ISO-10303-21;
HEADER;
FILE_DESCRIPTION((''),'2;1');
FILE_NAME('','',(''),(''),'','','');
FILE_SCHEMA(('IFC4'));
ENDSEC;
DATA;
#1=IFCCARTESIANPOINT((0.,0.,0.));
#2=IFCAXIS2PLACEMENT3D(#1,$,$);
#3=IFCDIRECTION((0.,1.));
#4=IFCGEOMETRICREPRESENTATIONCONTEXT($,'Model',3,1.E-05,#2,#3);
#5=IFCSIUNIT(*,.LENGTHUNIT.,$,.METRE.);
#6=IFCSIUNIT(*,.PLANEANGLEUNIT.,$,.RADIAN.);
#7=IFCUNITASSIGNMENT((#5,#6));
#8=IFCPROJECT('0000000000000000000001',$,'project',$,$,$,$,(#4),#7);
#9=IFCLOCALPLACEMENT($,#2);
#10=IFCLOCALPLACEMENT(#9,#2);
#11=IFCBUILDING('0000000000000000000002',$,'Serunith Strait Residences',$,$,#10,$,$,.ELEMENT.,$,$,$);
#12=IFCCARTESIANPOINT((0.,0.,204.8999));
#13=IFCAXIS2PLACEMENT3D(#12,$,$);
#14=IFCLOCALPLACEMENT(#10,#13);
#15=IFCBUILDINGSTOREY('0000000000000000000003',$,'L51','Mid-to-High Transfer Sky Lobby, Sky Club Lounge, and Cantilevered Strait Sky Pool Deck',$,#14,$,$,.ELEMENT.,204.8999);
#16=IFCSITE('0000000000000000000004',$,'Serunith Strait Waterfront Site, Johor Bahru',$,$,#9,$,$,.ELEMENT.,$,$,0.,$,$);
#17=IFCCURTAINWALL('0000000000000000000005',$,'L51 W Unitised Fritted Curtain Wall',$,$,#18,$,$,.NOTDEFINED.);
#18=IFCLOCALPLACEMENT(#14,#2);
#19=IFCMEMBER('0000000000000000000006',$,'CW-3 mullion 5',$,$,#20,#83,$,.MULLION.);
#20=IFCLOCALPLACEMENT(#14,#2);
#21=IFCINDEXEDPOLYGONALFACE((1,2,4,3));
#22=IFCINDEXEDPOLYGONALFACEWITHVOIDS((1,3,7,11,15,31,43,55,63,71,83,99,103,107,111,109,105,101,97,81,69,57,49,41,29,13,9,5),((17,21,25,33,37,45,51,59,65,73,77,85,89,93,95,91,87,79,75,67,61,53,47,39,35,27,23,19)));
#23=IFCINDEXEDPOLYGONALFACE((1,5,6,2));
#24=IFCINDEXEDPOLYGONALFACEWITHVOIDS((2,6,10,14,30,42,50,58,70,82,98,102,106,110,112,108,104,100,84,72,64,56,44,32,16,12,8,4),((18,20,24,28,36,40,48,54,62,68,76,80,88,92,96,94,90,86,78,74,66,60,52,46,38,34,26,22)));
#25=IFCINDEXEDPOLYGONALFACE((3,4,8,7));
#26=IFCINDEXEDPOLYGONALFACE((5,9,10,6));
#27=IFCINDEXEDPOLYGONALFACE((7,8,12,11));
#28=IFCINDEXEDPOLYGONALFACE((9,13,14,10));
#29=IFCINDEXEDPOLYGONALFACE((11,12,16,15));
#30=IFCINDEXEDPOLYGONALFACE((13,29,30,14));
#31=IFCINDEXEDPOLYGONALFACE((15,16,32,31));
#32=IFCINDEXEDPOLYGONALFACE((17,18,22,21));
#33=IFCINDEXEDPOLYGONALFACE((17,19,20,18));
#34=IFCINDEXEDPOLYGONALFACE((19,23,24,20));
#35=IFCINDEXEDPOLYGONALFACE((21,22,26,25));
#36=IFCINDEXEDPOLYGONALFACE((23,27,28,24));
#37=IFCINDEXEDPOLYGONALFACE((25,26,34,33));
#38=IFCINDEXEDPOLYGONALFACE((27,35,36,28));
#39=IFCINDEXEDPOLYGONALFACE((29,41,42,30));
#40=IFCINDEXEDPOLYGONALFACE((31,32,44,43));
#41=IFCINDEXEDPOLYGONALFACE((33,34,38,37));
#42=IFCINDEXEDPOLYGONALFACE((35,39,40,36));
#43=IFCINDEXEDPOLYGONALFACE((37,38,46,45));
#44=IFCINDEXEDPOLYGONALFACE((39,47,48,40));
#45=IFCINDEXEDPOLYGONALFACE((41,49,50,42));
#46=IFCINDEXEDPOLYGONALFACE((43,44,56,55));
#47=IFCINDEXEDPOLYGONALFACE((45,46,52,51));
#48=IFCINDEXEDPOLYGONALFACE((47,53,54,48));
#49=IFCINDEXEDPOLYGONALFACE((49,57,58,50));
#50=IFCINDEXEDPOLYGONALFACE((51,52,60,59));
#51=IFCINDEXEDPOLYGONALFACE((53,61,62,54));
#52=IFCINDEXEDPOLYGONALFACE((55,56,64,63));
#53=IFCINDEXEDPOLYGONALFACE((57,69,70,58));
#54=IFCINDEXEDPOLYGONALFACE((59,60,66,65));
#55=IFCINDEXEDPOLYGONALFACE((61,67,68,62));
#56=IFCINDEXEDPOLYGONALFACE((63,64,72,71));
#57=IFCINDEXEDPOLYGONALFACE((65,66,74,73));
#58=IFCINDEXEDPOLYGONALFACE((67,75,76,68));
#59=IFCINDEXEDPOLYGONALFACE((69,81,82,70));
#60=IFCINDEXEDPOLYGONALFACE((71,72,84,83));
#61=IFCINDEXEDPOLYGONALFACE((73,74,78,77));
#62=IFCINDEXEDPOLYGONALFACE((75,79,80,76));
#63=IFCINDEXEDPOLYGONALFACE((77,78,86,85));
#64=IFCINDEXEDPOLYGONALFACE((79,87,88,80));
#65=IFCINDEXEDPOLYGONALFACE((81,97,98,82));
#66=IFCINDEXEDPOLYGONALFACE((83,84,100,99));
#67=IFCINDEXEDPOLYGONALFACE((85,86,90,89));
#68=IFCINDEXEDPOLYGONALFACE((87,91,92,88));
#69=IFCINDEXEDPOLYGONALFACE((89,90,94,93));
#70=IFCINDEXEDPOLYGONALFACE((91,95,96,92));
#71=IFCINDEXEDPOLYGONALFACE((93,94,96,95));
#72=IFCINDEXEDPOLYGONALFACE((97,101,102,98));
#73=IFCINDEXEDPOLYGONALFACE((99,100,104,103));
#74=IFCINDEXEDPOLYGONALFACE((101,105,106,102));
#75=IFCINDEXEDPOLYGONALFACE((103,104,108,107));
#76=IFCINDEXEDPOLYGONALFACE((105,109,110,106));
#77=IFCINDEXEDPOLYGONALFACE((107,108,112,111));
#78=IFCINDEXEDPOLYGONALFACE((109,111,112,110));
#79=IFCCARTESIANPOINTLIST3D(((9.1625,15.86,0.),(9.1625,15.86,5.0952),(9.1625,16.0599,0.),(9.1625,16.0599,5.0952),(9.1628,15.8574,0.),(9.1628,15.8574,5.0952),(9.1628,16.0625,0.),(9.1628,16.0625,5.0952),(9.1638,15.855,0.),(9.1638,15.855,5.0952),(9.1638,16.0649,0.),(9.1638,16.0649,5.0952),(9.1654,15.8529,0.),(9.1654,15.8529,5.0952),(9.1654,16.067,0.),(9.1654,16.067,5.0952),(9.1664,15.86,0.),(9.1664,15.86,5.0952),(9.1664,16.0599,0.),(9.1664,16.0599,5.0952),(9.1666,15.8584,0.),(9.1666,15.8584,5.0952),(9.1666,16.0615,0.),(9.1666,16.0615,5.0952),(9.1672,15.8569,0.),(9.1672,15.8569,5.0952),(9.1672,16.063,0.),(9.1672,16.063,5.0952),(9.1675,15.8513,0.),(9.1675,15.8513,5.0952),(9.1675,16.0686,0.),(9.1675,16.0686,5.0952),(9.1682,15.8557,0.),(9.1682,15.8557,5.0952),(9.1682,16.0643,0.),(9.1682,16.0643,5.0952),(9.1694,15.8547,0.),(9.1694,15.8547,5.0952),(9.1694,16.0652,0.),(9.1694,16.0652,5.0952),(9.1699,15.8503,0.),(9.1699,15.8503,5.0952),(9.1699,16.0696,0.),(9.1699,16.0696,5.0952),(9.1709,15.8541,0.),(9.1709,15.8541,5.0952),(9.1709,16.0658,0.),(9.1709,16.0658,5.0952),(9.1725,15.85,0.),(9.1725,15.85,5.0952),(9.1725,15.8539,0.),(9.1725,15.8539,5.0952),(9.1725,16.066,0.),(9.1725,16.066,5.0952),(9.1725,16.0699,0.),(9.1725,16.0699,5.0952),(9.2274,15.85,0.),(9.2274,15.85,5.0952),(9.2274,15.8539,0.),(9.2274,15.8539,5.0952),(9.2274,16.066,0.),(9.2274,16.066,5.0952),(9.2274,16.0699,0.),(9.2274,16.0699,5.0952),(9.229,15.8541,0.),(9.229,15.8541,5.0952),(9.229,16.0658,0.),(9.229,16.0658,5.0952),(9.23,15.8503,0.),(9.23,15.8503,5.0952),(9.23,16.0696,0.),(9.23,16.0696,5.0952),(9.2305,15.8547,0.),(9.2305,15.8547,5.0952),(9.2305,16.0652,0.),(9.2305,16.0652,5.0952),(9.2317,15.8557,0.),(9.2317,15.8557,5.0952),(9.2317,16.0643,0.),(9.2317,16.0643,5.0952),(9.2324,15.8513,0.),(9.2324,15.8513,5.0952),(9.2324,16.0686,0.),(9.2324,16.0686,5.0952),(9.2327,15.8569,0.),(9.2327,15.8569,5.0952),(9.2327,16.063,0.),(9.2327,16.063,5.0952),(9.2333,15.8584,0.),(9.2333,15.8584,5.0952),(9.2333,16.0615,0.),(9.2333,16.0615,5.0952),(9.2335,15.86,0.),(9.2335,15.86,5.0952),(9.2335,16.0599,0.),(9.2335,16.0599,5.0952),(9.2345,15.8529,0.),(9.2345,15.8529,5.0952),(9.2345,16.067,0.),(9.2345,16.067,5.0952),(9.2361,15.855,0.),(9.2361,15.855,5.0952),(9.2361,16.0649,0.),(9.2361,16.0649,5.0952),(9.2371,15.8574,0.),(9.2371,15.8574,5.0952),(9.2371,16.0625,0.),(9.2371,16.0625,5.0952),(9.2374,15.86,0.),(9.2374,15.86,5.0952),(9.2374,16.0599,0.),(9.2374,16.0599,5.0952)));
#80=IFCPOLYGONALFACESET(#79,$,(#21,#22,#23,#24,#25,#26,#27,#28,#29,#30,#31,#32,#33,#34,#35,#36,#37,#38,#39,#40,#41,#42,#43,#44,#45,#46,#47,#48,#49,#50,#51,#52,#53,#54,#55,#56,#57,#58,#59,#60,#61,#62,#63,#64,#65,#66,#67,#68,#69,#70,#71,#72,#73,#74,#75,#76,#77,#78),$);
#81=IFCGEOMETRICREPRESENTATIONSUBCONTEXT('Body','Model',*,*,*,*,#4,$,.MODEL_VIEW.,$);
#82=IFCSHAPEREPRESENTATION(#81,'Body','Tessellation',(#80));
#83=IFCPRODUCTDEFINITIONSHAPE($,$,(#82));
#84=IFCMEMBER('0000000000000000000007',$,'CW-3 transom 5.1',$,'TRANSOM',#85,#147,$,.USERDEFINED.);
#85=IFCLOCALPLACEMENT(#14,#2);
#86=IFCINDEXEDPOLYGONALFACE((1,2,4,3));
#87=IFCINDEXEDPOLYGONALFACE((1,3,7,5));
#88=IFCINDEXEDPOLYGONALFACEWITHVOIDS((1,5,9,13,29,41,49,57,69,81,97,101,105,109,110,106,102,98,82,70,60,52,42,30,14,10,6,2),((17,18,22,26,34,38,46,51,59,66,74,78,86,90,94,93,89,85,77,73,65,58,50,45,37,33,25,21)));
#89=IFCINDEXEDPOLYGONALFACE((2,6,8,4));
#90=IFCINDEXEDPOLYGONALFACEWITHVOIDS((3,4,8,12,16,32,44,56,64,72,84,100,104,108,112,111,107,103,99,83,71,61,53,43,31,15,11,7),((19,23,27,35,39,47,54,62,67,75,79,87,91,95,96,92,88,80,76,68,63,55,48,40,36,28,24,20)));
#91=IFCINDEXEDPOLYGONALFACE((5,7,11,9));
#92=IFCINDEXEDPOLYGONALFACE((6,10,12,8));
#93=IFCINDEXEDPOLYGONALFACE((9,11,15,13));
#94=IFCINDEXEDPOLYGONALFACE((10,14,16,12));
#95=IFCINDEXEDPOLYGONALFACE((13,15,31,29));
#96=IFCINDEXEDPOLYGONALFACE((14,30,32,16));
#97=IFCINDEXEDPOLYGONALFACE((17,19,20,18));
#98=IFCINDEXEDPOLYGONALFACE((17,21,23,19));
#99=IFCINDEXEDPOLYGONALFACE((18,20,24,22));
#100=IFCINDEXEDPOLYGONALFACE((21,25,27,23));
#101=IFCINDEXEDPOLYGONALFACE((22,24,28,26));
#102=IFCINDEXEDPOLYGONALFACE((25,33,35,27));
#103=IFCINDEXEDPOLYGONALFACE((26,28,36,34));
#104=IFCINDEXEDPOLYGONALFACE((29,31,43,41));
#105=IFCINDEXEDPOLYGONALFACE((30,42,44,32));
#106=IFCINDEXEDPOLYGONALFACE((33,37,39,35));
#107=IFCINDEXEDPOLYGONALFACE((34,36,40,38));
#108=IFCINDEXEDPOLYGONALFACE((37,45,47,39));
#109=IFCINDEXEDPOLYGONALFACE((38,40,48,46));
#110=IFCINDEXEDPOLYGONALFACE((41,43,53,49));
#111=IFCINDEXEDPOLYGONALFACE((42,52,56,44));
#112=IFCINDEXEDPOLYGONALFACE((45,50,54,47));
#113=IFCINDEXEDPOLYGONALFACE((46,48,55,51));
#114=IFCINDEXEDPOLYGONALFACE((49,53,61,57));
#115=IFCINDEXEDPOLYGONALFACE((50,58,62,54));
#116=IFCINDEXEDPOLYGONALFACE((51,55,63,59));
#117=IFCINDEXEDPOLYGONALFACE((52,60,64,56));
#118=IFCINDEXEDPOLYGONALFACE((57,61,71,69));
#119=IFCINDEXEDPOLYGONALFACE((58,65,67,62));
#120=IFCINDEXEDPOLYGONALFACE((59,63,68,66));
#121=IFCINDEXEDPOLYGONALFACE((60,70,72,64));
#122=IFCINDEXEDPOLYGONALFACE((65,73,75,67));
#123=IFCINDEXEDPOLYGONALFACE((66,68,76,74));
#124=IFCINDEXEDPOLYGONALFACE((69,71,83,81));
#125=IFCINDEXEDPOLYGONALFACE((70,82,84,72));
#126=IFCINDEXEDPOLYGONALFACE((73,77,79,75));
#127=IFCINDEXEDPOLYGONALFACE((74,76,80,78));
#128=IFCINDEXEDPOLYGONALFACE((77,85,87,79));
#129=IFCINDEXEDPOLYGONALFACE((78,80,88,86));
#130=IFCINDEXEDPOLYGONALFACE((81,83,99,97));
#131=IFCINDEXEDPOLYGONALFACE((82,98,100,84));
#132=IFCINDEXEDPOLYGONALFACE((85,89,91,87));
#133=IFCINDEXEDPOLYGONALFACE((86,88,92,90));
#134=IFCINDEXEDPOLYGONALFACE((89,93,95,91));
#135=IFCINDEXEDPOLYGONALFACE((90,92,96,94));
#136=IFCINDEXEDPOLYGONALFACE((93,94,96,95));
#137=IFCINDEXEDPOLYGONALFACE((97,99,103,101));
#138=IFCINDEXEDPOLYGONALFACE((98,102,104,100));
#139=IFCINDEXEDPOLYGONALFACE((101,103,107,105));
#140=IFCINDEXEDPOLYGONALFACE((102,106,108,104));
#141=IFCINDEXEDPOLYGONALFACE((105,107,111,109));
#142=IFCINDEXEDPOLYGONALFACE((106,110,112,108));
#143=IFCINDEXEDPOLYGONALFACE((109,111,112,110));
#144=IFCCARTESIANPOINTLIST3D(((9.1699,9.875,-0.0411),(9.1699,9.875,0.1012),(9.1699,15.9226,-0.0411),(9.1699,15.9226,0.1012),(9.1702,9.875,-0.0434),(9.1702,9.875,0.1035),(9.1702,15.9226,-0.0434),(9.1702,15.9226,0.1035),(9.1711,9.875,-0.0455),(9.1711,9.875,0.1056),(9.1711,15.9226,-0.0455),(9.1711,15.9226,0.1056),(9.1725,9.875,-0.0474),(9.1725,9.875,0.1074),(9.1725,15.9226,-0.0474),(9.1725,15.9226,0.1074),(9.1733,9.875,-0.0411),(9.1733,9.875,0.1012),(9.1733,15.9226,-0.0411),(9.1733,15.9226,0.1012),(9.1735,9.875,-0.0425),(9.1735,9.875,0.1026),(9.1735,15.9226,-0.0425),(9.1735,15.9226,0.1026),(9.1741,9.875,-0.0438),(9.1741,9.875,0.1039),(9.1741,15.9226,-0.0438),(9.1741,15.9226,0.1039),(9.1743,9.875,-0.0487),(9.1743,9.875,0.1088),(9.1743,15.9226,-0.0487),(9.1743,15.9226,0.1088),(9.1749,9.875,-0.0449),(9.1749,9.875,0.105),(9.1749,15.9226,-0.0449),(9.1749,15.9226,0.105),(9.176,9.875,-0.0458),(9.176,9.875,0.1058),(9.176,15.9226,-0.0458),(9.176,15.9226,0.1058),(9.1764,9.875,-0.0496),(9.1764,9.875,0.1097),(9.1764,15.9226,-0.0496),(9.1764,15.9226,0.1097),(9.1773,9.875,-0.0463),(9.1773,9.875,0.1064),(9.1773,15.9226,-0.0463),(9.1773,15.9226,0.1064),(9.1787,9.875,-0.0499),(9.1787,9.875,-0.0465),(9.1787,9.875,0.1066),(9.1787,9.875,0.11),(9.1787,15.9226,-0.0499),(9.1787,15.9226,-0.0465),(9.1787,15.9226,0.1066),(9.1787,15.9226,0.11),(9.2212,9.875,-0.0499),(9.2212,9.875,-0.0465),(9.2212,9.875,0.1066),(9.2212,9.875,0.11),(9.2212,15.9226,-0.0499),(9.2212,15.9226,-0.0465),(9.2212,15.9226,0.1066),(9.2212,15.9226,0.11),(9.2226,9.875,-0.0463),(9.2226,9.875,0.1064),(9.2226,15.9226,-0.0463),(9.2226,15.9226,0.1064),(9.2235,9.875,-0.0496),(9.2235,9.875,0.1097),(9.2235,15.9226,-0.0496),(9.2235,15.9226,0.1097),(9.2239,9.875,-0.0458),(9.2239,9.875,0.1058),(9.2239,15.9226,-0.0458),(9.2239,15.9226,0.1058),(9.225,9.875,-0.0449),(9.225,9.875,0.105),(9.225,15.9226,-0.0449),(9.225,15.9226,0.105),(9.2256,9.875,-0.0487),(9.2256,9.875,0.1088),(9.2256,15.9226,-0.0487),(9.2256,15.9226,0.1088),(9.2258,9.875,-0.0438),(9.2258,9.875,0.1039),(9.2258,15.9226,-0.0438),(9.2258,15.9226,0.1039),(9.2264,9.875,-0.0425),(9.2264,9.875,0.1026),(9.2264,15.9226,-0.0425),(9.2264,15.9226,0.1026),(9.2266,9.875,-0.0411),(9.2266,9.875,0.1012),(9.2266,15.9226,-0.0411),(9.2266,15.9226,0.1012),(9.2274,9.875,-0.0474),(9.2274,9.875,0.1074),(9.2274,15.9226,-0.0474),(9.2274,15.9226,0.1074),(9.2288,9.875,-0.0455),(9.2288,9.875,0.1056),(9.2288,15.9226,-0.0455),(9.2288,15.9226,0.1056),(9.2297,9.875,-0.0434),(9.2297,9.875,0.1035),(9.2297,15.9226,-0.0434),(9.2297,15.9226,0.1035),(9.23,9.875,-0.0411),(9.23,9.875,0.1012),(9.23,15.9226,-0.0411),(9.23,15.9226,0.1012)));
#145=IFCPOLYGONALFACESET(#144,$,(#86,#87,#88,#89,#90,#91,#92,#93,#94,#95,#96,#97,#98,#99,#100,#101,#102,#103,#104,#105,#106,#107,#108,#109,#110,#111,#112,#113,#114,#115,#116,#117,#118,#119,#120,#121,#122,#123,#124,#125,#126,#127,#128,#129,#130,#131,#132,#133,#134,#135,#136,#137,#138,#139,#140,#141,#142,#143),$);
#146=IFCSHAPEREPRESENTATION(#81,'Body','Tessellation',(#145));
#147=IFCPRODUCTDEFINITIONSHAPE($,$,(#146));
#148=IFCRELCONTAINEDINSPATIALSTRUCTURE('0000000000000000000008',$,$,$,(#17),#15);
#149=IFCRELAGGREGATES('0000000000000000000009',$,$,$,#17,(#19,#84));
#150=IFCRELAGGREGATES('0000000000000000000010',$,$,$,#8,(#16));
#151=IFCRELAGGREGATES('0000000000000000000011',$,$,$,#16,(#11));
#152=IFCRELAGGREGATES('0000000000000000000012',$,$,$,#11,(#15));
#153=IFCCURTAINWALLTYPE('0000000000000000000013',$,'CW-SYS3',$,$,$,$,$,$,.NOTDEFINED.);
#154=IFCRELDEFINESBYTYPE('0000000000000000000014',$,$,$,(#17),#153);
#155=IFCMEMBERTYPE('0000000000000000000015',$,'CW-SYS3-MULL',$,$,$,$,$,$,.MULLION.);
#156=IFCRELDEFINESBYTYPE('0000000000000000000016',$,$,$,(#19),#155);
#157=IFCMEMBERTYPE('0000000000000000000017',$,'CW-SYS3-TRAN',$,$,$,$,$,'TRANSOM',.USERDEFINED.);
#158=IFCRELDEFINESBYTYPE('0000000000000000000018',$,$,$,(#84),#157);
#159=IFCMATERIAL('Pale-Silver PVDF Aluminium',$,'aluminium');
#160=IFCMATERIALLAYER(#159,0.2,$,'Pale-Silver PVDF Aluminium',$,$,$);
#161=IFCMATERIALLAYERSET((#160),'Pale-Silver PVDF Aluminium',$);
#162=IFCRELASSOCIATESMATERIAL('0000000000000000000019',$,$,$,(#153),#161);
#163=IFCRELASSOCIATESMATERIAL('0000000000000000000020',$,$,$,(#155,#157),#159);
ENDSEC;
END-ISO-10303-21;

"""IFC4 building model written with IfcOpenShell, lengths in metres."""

from ifc_helpers import new_model, si_unit, direction, frame, origin, origin_2d, place, context, subcontext, project, spatial, hollow_rectangle, extrude, source, transform, mapped, material, layer, layer_set, material_profile, profile_set, type_object, element, aggregate, save


model = new_model("IFC4")

# Units and contexts
model_context = context("Model", 3, precision=1e-05, world=origin(), true_north=direction((0.0, 1.0)))
body_context = subcontext(model_context, "Body", "Model", "MODEL_VIEW")
ifc_project = project(units=[si_unit("LENGTHUNIT", "METRE"), si_unit("PLANEANGLEUNIT", "RADIAN")], contexts=[model_context])

# Site, building, storey
site_placement = place(None, origin())
site = spatial("IfcSite", under=ifc_project, at=site_placement, Name="Serunith Strait Waterfront Site, Johor Bahru", CompositionType="ELEMENT", RefElevation=0.0)
building_placement = place(site_placement, origin())
building = spatial("IfcBuilding", under=site, at=building_placement, Name="Serunith Strait Residences", CompositionType="ELEMENT")
storey_placement = place(building_placement, frame((0.0, 0.0, 204.8999)))
storey = spatial("IfcBuildingStorey", under=building, at=storey_placement, Name="L51", Description="Mid-to-High Transfer Sky Lobby, Sky Club Lounge, and Cantilevered Strait Sky Pool Deck", CompositionType="ELEMENT", Elevation=204.8999)

# Curtain wall, members
ifc_material_1 = material(Name="Pale-Silver PVDF Aluminium", Category="aluminium")
ifc_layer_1 = layer(ifc_material_1, 0.2, Name="Pale-Silver PVDF Aluminium")
ifc_layer_set_1 = layer_set([ifc_layer_1], Name="Pale-Silver PVDF Aluminium")
curtain_wall_type = type_object("IfcCurtainWallType", Name="CW-SYS3", PredefinedType="NOTDEFINED", material=ifc_layer_set_1)
curtain_wall_placement = place(storey_placement, origin())
curtain_wall = element("IfcCurtainWall", 1, at=curtain_wall_placement, inside=storey, type_object=curtain_wall_type, Name="L51 W Unitised Fritted Curtain Wall", PredefinedType="NOTDEFINED")
ifc_material_profile_1 = material_profile(ifc_material_1, hollow_rectangle(XDim=0.075, YDim=0.22, WallThickness=0.0039, InnerFilletRadius=0.0061, OuterFilletRadius=0.01, at=origin_2d()), Name="ALU 220x75x4")
ifc_profile_set_1 = profile_set([ifc_material_profile_1], Name="Pale-Silver PVDF Aluminium")
member_type_1 = type_object("IfcMemberType", Name="CW-SYS3-MULL", PredefinedType="MULLION", material=ifc_profile_set_1)
shared_shape_1 = source(origin(), body_context, "Body", "SweptSolid", [
    extrude(hollow_rectangle(XDim=0.075, YDim=0.22, WallThickness=0.0039, InnerFilletRadius=0.0061, OuterFilletRadius=0.01, at=origin_2d()), origin(), (0.0, 0.0, 1.0), 5.0952),
])
member_1_placement = place(storey_placement, frame((9.2, 15.96, 0.0), z_axis=(0.0, 0.0, 1.0), x_axis=(1.0, 0.0, 0.0)))
member_1 = element("IfcMember", 2, at=member_1_placement, type_object=member_type_1, Name="CW-3 mullion 5", PredefinedType="MULLION", context=body_context, shape_type="MappedRepresentation", body=[
    mapped(shared_shape_1, transform((0.0, 0.0, 0.0), scale=1.0)),
])
ifc_material_profile_2 = material_profile(ifc_material_1, hollow_rectangle(XDim=0.0601, YDim=0.1599, WallThickness=0.0034, InnerFilletRadius=0.0054, OuterFilletRadius=0.0088, at=origin_2d()), Name="ALU 160x60x3.5")
ifc_profile_set_2 = profile_set([ifc_material_profile_2], Name="Pale-Silver PVDF Aluminium")
member_type_2 = type_object("IfcMemberType", Name="CW-SYS3-TRAN", ElementType="TRANSOM", PredefinedType="USERDEFINED", material=ifc_profile_set_2)
shared_shape_2 = source(origin(), body_context, "Body", "SweptSolid", [
    extrude(hollow_rectangle(XDim=0.0601, YDim=0.1599, WallThickness=0.0034, InnerFilletRadius=0.0054, OuterFilletRadius=0.0088, at=origin_2d()), origin(), (0.0, 0.0, 1.0), 6.0476),
])
member_2_placement = place(storey_placement, frame((9.2, 15.9226, 0.03), z_axis=(0.0, -1.0, 0.0), x_axis=(1.0, 0.0, 0.0)))
member_2 = element("IfcMember", 3, at=member_2_placement, type_object=member_type_2, Name="CW-3 transom 5.1", ObjectType="TRANSOM", PredefinedType="USERDEFINED", context=body_context, shape_type="MappedRepresentation", body=[
    mapped(shared_shape_2, transform((0.0, 0.0, 0.0), scale=1.0)),
])
aggregate(curtain_wall, [member_1, member_2])

save(model, "model.ifc")
